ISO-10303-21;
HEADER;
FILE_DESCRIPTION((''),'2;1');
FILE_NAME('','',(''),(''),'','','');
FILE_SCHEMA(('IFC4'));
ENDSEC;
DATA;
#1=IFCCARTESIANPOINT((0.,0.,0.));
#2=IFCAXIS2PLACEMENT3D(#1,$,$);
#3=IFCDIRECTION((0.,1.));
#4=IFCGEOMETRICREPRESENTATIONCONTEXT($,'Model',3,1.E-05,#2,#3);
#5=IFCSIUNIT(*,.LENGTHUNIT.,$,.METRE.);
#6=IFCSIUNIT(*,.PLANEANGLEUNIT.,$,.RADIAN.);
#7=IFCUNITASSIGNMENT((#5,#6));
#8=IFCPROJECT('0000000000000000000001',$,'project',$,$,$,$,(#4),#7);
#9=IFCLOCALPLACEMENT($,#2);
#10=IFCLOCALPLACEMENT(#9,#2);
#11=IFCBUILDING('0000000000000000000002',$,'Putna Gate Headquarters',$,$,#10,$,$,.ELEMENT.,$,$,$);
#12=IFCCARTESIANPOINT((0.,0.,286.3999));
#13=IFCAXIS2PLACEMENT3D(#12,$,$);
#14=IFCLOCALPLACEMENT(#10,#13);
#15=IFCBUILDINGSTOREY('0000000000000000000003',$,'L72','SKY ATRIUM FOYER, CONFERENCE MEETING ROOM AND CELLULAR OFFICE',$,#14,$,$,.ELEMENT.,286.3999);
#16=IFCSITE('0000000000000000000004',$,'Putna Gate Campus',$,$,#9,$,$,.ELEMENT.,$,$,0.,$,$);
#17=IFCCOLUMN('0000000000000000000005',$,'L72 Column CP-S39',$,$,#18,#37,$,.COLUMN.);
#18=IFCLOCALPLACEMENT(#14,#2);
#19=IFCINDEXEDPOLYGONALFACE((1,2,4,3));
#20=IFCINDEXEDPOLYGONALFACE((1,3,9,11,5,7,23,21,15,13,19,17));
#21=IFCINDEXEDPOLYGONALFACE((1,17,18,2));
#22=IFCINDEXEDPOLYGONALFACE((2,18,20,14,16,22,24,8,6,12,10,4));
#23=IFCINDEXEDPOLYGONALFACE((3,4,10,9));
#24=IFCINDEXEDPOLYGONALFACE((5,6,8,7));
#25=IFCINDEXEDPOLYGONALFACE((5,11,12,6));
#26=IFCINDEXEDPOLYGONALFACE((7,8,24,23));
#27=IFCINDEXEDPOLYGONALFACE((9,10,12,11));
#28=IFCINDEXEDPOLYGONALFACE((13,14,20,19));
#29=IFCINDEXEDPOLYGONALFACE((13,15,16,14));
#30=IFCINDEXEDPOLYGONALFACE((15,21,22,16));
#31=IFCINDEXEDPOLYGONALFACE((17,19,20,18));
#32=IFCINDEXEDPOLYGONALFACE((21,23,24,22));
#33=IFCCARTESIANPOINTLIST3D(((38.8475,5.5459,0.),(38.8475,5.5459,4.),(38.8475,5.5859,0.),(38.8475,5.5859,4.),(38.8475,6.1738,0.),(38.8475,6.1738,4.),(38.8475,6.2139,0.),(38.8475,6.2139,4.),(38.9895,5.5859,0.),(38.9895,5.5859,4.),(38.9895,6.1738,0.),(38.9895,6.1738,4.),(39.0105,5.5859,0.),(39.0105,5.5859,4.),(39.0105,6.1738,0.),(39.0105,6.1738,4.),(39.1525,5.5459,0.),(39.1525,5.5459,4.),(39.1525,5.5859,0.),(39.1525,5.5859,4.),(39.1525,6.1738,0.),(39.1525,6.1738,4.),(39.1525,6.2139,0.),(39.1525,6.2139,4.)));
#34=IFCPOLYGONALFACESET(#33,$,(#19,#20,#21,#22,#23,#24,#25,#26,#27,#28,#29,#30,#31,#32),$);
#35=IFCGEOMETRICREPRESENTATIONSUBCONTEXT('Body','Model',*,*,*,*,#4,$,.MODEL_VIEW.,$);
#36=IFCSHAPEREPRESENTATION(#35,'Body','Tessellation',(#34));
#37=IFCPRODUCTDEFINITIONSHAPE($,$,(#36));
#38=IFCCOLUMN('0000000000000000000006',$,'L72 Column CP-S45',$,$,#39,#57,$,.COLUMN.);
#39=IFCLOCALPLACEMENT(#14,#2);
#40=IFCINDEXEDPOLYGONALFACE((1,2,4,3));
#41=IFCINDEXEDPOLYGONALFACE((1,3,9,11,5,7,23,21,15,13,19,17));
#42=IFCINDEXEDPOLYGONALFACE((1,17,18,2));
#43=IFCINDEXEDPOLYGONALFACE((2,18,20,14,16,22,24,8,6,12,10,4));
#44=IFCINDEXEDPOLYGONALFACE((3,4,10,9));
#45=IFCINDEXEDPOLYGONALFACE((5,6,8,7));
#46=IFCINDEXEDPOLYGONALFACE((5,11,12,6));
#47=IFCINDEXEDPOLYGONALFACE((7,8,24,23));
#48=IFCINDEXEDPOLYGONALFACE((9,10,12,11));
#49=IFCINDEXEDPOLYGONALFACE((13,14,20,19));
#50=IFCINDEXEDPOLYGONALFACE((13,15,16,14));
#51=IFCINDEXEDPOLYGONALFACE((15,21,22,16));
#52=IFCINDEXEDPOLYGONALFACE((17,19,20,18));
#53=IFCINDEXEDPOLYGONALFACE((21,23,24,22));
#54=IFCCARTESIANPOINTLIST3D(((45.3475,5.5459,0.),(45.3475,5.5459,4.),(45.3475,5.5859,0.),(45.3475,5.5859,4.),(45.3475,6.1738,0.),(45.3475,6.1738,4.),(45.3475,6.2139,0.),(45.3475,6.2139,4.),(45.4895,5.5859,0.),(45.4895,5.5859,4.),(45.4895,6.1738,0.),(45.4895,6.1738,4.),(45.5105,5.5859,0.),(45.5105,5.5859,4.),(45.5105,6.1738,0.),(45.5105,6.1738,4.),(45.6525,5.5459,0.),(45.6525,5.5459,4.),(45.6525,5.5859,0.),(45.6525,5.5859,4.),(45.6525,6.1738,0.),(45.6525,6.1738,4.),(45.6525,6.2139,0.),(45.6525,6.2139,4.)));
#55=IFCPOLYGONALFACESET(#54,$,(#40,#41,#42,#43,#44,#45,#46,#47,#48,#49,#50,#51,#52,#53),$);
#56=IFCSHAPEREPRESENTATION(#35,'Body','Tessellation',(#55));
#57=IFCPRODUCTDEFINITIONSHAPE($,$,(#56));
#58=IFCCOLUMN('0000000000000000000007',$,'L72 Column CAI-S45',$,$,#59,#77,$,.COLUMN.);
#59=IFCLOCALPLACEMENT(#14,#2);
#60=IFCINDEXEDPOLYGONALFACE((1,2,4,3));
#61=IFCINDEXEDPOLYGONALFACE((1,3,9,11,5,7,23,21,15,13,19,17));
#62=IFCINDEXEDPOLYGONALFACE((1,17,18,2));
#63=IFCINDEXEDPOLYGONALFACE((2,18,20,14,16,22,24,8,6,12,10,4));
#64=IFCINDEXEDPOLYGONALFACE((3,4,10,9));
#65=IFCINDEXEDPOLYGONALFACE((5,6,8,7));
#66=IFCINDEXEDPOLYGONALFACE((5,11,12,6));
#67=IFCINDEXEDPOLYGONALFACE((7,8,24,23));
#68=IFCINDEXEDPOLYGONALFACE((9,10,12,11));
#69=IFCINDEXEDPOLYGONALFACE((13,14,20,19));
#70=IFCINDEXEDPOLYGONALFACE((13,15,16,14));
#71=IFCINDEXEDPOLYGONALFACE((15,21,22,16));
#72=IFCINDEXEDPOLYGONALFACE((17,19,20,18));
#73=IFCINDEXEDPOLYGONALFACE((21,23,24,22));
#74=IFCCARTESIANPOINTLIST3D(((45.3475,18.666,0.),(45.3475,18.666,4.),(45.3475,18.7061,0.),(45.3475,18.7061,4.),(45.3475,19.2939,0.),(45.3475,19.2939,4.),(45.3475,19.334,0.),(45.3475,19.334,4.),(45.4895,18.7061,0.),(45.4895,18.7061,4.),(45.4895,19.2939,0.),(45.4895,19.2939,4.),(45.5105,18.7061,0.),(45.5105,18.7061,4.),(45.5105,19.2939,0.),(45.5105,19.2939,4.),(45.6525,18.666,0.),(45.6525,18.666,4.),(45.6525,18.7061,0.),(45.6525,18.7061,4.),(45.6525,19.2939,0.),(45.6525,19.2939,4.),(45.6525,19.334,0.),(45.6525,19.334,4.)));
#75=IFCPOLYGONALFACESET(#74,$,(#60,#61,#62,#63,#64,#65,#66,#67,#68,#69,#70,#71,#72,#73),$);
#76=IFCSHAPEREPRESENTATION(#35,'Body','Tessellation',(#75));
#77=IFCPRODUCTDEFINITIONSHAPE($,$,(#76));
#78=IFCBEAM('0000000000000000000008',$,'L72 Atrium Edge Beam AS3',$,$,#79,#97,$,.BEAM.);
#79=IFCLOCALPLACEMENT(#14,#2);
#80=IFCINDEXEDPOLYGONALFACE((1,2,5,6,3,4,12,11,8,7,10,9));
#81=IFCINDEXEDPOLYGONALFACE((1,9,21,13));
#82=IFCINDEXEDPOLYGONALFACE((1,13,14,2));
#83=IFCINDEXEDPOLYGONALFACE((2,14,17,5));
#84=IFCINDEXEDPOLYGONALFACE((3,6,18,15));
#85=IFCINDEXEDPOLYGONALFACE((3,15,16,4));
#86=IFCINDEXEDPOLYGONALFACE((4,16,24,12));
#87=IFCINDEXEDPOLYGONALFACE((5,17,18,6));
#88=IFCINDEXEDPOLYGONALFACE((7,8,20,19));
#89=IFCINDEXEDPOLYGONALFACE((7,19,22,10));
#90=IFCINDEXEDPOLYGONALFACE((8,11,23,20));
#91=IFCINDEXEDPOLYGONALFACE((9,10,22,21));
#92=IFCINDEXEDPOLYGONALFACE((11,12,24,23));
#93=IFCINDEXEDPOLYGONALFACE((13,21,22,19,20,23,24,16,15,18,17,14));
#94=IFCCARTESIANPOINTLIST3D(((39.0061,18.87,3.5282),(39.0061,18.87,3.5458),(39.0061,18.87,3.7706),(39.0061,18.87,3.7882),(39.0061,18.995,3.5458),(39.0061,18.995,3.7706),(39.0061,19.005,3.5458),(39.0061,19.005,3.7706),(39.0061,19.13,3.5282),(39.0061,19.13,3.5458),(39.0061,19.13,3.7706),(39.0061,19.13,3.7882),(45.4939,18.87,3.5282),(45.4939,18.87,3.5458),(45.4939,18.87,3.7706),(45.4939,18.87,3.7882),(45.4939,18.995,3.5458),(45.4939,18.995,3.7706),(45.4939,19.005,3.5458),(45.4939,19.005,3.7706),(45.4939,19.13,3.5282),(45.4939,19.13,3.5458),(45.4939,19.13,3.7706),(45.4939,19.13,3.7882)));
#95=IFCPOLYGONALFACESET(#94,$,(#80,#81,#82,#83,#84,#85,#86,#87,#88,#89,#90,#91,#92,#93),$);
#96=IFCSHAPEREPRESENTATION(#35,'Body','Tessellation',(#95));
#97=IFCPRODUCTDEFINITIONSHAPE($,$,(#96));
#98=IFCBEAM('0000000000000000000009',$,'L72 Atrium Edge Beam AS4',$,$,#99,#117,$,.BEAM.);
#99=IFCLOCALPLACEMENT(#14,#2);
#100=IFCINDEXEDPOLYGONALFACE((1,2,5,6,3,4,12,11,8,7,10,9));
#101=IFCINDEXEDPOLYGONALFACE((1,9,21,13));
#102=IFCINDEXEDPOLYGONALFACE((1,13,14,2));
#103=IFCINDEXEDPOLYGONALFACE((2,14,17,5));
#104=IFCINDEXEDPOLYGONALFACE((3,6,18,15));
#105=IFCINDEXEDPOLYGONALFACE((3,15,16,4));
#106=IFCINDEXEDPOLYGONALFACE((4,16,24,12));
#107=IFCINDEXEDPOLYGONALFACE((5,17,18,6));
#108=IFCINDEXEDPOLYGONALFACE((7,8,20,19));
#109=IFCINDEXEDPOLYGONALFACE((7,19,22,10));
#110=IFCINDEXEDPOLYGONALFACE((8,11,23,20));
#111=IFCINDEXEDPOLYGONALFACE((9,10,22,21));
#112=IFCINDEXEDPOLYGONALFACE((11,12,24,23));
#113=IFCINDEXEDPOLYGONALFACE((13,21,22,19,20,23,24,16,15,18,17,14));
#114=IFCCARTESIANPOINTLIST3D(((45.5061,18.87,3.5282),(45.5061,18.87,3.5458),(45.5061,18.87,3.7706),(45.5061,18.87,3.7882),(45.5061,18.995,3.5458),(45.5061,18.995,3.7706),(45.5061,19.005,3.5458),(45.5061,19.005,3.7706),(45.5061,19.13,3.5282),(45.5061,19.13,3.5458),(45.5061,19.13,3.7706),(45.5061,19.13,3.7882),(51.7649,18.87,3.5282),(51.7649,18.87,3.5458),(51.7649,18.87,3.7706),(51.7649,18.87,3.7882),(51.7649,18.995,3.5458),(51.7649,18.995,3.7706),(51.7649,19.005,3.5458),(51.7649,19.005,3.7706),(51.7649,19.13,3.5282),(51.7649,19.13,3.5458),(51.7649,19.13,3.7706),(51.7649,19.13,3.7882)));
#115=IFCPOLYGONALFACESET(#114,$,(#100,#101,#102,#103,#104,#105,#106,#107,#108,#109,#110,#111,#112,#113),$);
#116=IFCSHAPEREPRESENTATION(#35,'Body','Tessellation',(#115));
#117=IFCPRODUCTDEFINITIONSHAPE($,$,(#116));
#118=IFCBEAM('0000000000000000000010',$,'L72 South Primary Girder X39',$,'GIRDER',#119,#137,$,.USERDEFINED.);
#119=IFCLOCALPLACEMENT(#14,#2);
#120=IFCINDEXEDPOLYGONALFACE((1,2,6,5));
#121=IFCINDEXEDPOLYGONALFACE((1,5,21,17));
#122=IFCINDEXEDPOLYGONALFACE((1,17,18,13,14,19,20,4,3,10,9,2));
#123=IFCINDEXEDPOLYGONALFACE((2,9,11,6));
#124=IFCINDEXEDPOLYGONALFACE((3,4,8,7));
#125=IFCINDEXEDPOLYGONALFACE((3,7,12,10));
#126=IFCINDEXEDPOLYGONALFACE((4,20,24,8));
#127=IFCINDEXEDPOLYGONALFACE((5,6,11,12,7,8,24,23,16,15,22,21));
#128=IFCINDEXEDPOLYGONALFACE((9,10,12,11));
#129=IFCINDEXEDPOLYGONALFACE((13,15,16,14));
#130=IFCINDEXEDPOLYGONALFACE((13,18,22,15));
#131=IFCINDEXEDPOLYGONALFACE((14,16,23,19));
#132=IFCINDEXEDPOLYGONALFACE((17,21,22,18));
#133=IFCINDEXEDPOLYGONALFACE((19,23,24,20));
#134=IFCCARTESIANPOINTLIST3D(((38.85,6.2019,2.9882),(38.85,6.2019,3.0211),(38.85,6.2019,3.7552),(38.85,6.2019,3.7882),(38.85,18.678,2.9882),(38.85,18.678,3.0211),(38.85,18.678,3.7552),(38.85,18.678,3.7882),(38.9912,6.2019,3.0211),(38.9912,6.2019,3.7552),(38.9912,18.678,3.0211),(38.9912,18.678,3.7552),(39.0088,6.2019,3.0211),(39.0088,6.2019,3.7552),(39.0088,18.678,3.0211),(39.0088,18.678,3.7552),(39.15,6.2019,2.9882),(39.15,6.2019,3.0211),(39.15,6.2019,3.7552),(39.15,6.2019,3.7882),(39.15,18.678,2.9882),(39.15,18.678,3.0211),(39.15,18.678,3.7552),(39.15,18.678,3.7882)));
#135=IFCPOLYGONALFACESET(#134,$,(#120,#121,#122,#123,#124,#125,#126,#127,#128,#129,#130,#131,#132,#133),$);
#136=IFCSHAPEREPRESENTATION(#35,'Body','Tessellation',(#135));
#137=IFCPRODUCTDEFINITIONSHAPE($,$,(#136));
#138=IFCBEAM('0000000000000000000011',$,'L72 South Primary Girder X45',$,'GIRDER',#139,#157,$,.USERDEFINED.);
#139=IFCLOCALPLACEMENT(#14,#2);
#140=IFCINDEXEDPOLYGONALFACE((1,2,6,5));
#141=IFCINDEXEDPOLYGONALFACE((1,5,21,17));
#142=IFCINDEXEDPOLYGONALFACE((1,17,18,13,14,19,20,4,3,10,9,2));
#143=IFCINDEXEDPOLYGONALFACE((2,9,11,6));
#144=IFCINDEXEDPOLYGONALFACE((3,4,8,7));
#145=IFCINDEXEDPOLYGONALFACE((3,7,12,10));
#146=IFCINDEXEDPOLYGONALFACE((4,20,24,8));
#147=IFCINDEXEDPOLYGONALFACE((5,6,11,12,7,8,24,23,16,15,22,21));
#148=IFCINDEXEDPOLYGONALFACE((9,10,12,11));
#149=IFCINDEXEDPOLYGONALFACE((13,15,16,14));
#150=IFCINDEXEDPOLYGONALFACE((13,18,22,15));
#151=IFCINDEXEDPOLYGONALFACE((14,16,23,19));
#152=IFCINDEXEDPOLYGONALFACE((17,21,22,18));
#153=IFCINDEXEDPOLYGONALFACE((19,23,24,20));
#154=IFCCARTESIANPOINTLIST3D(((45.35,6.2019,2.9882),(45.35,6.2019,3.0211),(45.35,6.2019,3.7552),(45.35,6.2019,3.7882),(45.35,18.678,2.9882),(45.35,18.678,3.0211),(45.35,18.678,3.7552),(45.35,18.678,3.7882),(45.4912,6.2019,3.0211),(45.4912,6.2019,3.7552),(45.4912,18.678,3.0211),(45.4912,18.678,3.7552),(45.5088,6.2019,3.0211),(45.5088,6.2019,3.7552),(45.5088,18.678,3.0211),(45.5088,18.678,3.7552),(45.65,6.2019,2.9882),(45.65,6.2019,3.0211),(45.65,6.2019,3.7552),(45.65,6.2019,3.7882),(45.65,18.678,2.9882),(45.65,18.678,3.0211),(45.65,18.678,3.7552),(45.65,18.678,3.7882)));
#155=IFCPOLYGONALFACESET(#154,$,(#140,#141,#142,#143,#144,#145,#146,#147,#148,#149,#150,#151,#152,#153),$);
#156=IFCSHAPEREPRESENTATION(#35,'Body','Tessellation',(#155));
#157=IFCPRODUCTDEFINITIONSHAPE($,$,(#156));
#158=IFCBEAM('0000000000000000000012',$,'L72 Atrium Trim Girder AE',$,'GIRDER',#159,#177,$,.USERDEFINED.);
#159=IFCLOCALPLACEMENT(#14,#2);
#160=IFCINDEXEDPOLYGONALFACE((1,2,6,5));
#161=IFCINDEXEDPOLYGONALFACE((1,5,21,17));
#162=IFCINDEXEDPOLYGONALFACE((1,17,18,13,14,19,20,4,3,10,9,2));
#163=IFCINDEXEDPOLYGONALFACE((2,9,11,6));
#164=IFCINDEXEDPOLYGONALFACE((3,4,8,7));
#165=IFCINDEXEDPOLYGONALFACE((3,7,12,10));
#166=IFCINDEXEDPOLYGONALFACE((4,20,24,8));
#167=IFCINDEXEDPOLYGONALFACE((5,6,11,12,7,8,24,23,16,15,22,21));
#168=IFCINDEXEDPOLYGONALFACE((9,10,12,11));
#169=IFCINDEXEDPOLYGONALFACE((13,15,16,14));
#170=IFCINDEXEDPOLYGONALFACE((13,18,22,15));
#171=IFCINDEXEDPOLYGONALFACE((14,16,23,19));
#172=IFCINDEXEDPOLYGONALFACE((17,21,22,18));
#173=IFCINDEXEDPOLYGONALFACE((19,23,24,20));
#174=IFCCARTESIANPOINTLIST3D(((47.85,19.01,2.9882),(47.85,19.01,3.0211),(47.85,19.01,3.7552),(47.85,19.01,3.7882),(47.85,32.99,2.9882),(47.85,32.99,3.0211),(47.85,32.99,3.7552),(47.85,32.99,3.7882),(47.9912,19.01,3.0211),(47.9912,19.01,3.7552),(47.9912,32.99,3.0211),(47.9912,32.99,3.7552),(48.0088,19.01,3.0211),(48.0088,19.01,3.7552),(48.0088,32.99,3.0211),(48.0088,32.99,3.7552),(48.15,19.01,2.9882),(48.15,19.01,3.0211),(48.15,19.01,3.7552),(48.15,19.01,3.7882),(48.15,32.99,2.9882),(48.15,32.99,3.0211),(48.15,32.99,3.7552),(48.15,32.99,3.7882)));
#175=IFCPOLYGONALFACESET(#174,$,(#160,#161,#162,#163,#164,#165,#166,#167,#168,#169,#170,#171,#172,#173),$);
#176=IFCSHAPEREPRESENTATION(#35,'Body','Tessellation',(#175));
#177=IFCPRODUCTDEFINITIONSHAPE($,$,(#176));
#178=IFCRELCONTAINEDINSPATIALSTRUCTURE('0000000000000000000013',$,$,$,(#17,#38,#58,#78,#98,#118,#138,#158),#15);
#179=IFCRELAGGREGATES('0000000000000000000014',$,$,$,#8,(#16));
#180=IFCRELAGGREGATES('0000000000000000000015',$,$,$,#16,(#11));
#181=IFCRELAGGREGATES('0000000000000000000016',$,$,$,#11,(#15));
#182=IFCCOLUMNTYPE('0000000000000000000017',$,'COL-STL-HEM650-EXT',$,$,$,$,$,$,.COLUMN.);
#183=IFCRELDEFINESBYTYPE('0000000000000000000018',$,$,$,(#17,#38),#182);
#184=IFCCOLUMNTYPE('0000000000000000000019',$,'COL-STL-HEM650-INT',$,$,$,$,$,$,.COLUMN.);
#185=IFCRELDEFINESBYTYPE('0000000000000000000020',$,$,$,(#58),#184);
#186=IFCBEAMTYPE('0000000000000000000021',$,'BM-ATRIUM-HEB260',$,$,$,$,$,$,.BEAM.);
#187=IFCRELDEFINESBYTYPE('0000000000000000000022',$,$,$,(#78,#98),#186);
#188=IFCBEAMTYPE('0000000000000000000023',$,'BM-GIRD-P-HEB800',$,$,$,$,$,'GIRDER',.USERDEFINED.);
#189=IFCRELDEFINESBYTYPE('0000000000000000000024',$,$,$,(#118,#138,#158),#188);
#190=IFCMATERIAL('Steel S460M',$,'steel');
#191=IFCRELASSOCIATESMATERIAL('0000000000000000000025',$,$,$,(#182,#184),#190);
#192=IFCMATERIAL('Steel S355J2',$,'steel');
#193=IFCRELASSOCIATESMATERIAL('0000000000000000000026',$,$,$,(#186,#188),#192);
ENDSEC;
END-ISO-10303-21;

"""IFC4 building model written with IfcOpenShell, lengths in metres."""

from ifc_helpers import new_model, si_unit, direction, frame, origin, origin_2d, place, context, subcontext, project, spatial, i_section, extrude, material, material_profile, profile_set, type_object, element, save


model = new_model("IFC4")

# Units and contexts
model_context = context("Model", 3, precision=1e-05, world=origin(), true_north=direction((0.0, 1.0)))
body_context = subcontext(model_context, "Body", "Model", "MODEL_VIEW")
ifc_project = project(units=[si_unit("LENGTHUNIT", "METRE"), si_unit("PLANEANGLEUNIT", "RADIAN")], contexts=[model_context])

# Site, building, storey
site_placement = place(None, origin())
site = spatial("IfcSite", under=ifc_project, at=site_placement, Name="Putna Gate Campus", CompositionType="ELEMENT", RefElevation=0.0)
building_placement = place(site_placement, origin())
building = spatial("IfcBuilding", under=site, at=building_placement, Name="Putna Gate Headquarters", CompositionType="ELEMENT")
storey_placement = place(building_placement, frame((0.0, 0.0, 286.3999)))
storey = spatial("IfcBuildingStorey", under=building, at=storey_placement, Name="L72", Description="SKY ATRIUM FOYER, CONFERENCE MEETING ROOM AND CELLULAR OFFICE", CompositionType="ELEMENT", Elevation=286.3999)

# Columns
ifc_material_1 = material(Name="Steel S460M", Category="steel")
ifc_material_profile_1 = material_profile(ifc_material_1, i_section(OverallWidth=0.3049, OverallDepth=0.668, WebThickness=0.021, FlangeThickness=0.04, at=origin_2d()), Name="Steel S460M")
ifc_profile_set_1 = profile_set([ifc_material_profile_1], Name="Steel S460M")
column_type_1 = type_object("IfcColumnType", Name="COL-STL-HEM650-EXT", PredefinedType="COLUMN", material=ifc_profile_set_1)
for number, where, z_axis, x_axis, name in (
    (1, (39.0, 5.8799, 0.0), (0.0, 0.0, 1.0), (1.0, 0.0, 0.0), "L72 Column CP-S39"),
    (2, (45.5, 5.8799, 0.0), (0.0, 0.0, 1.0), (1.0, 0.0, 0.0), "L72 Column CP-S45"),
):
    element("IfcColumn", number, at=place(storey_placement, frame(where, z_axis=z_axis, x_axis=x_axis)), inside=storey, type_object=column_type_1, Name=name, PredefinedType="COLUMN", context=body_context, shape_type="SweptSolid", body=[
        extrude(i_section(OverallWidth=0.3049, OverallDepth=0.668, WebThickness=0.021, FlangeThickness=0.04, at=origin_2d()), origin(), (0.0, 0.0, 1.0), 4.0),
    ])
ifc_material_profile_2 = material_profile(ifc_material_1, i_section(OverallWidth=0.3049, OverallDepth=0.668, WebThickness=0.021, FlangeThickness=0.04, at=origin_2d()), Name="Steel S460M")
ifc_profile_set_2 = profile_set([ifc_material_profile_2], Name="Steel S460M")
column_type_2 = type_object("IfcColumnType", Name="COL-STL-HEM650-INT", PredefinedType="COLUMN", material=ifc_profile_set_2)
column_placement = place(storey_placement, frame((45.5, 19.0, 0.0), z_axis=(0.0, 0.0, 1.0), x_axis=(1.0, 0.0, 0.0)))
element("IfcColumn", 3, at=column_placement, inside=storey, type_object=column_type_2, Name="L72 Column CAI-S45", PredefinedType="COLUMN", context=body_context, shape_type="SweptSolid", body=[
    extrude(i_section(OverallWidth=0.3049, OverallDepth=0.668, WebThickness=0.021, FlangeThickness=0.04, at=origin_2d()), origin(), (0.0, 0.0, 1.0), 4.0),
])

# Beams
ifc_material_2 = material(Name="Steel S355J2", Category="steel")
ifc_material_profile_3 = material_profile(ifc_material_2, i_section(OverallWidth=0.26, OverallDepth=0.26, WebThickness=0.01, FlangeThickness=0.0176, at=origin_2d()), Name="Steel S355J2")
ifc_profile_set_3 = profile_set([ifc_material_profile_3], Name="Steel S355J2")
beam_type_1 = type_object("IfcBeamType", Name="BM-ATRIUM-HEB260", PredefinedType="BEAM", material=ifc_profile_set_3)
beam_1_placement = place(storey_placement, frame((39.0061, 19.0, 3.6582), z_axis=(1.0, 0.0, 0.0), x_axis=(0.0, 1.0, 0.0)))
element("IfcBeam", 4, at=beam_1_placement, inside=storey, type_object=beam_type_1, Name="L72 Atrium Edge Beam AS3", PredefinedType="BEAM", context=body_context, shape_type="SweptSolid", body=[
    extrude(i_section(OverallWidth=0.26, OverallDepth=0.26, WebThickness=0.01, FlangeThickness=0.0176, at=origin_2d()), origin(), (0.0, 0.0, 1.0), 6.4878),
])
beam_2_placement = place(storey_placement, frame((45.5061, 19.0, 3.6582), z_axis=(1.0, 0.0, 0.0), x_axis=(0.0, 1.0, 0.0)))
element("IfcBeam", 5, at=beam_2_placement, inside=storey, type_object=beam_type_1, Name="L72 Atrium Edge Beam AS4", PredefinedType="BEAM", context=body_context, shape_type="SweptSolid", body=[
    extrude(i_section(OverallWidth=0.26, OverallDepth=0.26, WebThickness=0.01, FlangeThickness=0.0176, at=origin_2d()), origin(), (0.0, 0.0, 1.0), 6.2588),
])
ifc_material_profile_4 = material_profile(ifc_material_2, i_section(OverallWidth=0.3, OverallDepth=0.8, WebThickness=0.0176, FlangeThickness=0.033, at=origin_2d()), Name="Steel S355J2")
ifc_profile_set_4 = profile_set([ifc_material_profile_4], Name="Steel S355J2")
beam_type_2 = type_object("IfcBeamType", Name="BM-GIRD-P-HEB800", ElementType="GIRDER", PredefinedType="USERDEFINED", material=ifc_profile_set_4)
for number, where, z_axis, x_axis, name in (
    (6, (39.0, 6.2019, 3.3882), (0.0, 1.0, 0.0), (-1.0, 0.0, 0.0), "L72 South Primary Girder X39"),
    (7, (45.5, 6.2019, 3.3882), (0.0, 1.0, 0.0), (-1.0, 0.0, 0.0), "L72 South Primary Girder X45"),
):
    element("IfcBeam", number, at=place(storey_placement, frame(where, z_axis=z_axis, x_axis=x_axis)), inside=storey, type_object=beam_type_2, Name=name, ObjectType="GIRDER", PredefinedType="USERDEFINED", context=body_context, shape_type="SweptSolid", body=[
        extrude(i_section(OverallWidth=0.3, OverallDepth=0.8, WebThickness=0.0176, FlangeThickness=0.033, at=origin_2d()), origin(), (0.0, 0.0, 1.0), 12.4761),
    ])
beam_3_placement = place(storey_placement, frame((48.0, 19.01, 3.3882), z_axis=(0.0, 1.0, 0.0), x_axis=(-1.0, 0.0, 0.0)))
element("IfcBeam", 8, at=beam_3_placement, inside=storey, type_object=beam_type_2, Name="L72 Atrium Trim Girder AE", ObjectType="GIRDER", PredefinedType="USERDEFINED", context=body_context, shape_type="SweptSolid", body=[
    extrude(i_section(OverallWidth=0.3, OverallDepth=0.8, WebThickness=0.0176, FlangeThickness=0.033, at=origin_2d()), origin(), (0.0, 0.0, 1.0), 13.98),
])

save(model, "model.ifc")
